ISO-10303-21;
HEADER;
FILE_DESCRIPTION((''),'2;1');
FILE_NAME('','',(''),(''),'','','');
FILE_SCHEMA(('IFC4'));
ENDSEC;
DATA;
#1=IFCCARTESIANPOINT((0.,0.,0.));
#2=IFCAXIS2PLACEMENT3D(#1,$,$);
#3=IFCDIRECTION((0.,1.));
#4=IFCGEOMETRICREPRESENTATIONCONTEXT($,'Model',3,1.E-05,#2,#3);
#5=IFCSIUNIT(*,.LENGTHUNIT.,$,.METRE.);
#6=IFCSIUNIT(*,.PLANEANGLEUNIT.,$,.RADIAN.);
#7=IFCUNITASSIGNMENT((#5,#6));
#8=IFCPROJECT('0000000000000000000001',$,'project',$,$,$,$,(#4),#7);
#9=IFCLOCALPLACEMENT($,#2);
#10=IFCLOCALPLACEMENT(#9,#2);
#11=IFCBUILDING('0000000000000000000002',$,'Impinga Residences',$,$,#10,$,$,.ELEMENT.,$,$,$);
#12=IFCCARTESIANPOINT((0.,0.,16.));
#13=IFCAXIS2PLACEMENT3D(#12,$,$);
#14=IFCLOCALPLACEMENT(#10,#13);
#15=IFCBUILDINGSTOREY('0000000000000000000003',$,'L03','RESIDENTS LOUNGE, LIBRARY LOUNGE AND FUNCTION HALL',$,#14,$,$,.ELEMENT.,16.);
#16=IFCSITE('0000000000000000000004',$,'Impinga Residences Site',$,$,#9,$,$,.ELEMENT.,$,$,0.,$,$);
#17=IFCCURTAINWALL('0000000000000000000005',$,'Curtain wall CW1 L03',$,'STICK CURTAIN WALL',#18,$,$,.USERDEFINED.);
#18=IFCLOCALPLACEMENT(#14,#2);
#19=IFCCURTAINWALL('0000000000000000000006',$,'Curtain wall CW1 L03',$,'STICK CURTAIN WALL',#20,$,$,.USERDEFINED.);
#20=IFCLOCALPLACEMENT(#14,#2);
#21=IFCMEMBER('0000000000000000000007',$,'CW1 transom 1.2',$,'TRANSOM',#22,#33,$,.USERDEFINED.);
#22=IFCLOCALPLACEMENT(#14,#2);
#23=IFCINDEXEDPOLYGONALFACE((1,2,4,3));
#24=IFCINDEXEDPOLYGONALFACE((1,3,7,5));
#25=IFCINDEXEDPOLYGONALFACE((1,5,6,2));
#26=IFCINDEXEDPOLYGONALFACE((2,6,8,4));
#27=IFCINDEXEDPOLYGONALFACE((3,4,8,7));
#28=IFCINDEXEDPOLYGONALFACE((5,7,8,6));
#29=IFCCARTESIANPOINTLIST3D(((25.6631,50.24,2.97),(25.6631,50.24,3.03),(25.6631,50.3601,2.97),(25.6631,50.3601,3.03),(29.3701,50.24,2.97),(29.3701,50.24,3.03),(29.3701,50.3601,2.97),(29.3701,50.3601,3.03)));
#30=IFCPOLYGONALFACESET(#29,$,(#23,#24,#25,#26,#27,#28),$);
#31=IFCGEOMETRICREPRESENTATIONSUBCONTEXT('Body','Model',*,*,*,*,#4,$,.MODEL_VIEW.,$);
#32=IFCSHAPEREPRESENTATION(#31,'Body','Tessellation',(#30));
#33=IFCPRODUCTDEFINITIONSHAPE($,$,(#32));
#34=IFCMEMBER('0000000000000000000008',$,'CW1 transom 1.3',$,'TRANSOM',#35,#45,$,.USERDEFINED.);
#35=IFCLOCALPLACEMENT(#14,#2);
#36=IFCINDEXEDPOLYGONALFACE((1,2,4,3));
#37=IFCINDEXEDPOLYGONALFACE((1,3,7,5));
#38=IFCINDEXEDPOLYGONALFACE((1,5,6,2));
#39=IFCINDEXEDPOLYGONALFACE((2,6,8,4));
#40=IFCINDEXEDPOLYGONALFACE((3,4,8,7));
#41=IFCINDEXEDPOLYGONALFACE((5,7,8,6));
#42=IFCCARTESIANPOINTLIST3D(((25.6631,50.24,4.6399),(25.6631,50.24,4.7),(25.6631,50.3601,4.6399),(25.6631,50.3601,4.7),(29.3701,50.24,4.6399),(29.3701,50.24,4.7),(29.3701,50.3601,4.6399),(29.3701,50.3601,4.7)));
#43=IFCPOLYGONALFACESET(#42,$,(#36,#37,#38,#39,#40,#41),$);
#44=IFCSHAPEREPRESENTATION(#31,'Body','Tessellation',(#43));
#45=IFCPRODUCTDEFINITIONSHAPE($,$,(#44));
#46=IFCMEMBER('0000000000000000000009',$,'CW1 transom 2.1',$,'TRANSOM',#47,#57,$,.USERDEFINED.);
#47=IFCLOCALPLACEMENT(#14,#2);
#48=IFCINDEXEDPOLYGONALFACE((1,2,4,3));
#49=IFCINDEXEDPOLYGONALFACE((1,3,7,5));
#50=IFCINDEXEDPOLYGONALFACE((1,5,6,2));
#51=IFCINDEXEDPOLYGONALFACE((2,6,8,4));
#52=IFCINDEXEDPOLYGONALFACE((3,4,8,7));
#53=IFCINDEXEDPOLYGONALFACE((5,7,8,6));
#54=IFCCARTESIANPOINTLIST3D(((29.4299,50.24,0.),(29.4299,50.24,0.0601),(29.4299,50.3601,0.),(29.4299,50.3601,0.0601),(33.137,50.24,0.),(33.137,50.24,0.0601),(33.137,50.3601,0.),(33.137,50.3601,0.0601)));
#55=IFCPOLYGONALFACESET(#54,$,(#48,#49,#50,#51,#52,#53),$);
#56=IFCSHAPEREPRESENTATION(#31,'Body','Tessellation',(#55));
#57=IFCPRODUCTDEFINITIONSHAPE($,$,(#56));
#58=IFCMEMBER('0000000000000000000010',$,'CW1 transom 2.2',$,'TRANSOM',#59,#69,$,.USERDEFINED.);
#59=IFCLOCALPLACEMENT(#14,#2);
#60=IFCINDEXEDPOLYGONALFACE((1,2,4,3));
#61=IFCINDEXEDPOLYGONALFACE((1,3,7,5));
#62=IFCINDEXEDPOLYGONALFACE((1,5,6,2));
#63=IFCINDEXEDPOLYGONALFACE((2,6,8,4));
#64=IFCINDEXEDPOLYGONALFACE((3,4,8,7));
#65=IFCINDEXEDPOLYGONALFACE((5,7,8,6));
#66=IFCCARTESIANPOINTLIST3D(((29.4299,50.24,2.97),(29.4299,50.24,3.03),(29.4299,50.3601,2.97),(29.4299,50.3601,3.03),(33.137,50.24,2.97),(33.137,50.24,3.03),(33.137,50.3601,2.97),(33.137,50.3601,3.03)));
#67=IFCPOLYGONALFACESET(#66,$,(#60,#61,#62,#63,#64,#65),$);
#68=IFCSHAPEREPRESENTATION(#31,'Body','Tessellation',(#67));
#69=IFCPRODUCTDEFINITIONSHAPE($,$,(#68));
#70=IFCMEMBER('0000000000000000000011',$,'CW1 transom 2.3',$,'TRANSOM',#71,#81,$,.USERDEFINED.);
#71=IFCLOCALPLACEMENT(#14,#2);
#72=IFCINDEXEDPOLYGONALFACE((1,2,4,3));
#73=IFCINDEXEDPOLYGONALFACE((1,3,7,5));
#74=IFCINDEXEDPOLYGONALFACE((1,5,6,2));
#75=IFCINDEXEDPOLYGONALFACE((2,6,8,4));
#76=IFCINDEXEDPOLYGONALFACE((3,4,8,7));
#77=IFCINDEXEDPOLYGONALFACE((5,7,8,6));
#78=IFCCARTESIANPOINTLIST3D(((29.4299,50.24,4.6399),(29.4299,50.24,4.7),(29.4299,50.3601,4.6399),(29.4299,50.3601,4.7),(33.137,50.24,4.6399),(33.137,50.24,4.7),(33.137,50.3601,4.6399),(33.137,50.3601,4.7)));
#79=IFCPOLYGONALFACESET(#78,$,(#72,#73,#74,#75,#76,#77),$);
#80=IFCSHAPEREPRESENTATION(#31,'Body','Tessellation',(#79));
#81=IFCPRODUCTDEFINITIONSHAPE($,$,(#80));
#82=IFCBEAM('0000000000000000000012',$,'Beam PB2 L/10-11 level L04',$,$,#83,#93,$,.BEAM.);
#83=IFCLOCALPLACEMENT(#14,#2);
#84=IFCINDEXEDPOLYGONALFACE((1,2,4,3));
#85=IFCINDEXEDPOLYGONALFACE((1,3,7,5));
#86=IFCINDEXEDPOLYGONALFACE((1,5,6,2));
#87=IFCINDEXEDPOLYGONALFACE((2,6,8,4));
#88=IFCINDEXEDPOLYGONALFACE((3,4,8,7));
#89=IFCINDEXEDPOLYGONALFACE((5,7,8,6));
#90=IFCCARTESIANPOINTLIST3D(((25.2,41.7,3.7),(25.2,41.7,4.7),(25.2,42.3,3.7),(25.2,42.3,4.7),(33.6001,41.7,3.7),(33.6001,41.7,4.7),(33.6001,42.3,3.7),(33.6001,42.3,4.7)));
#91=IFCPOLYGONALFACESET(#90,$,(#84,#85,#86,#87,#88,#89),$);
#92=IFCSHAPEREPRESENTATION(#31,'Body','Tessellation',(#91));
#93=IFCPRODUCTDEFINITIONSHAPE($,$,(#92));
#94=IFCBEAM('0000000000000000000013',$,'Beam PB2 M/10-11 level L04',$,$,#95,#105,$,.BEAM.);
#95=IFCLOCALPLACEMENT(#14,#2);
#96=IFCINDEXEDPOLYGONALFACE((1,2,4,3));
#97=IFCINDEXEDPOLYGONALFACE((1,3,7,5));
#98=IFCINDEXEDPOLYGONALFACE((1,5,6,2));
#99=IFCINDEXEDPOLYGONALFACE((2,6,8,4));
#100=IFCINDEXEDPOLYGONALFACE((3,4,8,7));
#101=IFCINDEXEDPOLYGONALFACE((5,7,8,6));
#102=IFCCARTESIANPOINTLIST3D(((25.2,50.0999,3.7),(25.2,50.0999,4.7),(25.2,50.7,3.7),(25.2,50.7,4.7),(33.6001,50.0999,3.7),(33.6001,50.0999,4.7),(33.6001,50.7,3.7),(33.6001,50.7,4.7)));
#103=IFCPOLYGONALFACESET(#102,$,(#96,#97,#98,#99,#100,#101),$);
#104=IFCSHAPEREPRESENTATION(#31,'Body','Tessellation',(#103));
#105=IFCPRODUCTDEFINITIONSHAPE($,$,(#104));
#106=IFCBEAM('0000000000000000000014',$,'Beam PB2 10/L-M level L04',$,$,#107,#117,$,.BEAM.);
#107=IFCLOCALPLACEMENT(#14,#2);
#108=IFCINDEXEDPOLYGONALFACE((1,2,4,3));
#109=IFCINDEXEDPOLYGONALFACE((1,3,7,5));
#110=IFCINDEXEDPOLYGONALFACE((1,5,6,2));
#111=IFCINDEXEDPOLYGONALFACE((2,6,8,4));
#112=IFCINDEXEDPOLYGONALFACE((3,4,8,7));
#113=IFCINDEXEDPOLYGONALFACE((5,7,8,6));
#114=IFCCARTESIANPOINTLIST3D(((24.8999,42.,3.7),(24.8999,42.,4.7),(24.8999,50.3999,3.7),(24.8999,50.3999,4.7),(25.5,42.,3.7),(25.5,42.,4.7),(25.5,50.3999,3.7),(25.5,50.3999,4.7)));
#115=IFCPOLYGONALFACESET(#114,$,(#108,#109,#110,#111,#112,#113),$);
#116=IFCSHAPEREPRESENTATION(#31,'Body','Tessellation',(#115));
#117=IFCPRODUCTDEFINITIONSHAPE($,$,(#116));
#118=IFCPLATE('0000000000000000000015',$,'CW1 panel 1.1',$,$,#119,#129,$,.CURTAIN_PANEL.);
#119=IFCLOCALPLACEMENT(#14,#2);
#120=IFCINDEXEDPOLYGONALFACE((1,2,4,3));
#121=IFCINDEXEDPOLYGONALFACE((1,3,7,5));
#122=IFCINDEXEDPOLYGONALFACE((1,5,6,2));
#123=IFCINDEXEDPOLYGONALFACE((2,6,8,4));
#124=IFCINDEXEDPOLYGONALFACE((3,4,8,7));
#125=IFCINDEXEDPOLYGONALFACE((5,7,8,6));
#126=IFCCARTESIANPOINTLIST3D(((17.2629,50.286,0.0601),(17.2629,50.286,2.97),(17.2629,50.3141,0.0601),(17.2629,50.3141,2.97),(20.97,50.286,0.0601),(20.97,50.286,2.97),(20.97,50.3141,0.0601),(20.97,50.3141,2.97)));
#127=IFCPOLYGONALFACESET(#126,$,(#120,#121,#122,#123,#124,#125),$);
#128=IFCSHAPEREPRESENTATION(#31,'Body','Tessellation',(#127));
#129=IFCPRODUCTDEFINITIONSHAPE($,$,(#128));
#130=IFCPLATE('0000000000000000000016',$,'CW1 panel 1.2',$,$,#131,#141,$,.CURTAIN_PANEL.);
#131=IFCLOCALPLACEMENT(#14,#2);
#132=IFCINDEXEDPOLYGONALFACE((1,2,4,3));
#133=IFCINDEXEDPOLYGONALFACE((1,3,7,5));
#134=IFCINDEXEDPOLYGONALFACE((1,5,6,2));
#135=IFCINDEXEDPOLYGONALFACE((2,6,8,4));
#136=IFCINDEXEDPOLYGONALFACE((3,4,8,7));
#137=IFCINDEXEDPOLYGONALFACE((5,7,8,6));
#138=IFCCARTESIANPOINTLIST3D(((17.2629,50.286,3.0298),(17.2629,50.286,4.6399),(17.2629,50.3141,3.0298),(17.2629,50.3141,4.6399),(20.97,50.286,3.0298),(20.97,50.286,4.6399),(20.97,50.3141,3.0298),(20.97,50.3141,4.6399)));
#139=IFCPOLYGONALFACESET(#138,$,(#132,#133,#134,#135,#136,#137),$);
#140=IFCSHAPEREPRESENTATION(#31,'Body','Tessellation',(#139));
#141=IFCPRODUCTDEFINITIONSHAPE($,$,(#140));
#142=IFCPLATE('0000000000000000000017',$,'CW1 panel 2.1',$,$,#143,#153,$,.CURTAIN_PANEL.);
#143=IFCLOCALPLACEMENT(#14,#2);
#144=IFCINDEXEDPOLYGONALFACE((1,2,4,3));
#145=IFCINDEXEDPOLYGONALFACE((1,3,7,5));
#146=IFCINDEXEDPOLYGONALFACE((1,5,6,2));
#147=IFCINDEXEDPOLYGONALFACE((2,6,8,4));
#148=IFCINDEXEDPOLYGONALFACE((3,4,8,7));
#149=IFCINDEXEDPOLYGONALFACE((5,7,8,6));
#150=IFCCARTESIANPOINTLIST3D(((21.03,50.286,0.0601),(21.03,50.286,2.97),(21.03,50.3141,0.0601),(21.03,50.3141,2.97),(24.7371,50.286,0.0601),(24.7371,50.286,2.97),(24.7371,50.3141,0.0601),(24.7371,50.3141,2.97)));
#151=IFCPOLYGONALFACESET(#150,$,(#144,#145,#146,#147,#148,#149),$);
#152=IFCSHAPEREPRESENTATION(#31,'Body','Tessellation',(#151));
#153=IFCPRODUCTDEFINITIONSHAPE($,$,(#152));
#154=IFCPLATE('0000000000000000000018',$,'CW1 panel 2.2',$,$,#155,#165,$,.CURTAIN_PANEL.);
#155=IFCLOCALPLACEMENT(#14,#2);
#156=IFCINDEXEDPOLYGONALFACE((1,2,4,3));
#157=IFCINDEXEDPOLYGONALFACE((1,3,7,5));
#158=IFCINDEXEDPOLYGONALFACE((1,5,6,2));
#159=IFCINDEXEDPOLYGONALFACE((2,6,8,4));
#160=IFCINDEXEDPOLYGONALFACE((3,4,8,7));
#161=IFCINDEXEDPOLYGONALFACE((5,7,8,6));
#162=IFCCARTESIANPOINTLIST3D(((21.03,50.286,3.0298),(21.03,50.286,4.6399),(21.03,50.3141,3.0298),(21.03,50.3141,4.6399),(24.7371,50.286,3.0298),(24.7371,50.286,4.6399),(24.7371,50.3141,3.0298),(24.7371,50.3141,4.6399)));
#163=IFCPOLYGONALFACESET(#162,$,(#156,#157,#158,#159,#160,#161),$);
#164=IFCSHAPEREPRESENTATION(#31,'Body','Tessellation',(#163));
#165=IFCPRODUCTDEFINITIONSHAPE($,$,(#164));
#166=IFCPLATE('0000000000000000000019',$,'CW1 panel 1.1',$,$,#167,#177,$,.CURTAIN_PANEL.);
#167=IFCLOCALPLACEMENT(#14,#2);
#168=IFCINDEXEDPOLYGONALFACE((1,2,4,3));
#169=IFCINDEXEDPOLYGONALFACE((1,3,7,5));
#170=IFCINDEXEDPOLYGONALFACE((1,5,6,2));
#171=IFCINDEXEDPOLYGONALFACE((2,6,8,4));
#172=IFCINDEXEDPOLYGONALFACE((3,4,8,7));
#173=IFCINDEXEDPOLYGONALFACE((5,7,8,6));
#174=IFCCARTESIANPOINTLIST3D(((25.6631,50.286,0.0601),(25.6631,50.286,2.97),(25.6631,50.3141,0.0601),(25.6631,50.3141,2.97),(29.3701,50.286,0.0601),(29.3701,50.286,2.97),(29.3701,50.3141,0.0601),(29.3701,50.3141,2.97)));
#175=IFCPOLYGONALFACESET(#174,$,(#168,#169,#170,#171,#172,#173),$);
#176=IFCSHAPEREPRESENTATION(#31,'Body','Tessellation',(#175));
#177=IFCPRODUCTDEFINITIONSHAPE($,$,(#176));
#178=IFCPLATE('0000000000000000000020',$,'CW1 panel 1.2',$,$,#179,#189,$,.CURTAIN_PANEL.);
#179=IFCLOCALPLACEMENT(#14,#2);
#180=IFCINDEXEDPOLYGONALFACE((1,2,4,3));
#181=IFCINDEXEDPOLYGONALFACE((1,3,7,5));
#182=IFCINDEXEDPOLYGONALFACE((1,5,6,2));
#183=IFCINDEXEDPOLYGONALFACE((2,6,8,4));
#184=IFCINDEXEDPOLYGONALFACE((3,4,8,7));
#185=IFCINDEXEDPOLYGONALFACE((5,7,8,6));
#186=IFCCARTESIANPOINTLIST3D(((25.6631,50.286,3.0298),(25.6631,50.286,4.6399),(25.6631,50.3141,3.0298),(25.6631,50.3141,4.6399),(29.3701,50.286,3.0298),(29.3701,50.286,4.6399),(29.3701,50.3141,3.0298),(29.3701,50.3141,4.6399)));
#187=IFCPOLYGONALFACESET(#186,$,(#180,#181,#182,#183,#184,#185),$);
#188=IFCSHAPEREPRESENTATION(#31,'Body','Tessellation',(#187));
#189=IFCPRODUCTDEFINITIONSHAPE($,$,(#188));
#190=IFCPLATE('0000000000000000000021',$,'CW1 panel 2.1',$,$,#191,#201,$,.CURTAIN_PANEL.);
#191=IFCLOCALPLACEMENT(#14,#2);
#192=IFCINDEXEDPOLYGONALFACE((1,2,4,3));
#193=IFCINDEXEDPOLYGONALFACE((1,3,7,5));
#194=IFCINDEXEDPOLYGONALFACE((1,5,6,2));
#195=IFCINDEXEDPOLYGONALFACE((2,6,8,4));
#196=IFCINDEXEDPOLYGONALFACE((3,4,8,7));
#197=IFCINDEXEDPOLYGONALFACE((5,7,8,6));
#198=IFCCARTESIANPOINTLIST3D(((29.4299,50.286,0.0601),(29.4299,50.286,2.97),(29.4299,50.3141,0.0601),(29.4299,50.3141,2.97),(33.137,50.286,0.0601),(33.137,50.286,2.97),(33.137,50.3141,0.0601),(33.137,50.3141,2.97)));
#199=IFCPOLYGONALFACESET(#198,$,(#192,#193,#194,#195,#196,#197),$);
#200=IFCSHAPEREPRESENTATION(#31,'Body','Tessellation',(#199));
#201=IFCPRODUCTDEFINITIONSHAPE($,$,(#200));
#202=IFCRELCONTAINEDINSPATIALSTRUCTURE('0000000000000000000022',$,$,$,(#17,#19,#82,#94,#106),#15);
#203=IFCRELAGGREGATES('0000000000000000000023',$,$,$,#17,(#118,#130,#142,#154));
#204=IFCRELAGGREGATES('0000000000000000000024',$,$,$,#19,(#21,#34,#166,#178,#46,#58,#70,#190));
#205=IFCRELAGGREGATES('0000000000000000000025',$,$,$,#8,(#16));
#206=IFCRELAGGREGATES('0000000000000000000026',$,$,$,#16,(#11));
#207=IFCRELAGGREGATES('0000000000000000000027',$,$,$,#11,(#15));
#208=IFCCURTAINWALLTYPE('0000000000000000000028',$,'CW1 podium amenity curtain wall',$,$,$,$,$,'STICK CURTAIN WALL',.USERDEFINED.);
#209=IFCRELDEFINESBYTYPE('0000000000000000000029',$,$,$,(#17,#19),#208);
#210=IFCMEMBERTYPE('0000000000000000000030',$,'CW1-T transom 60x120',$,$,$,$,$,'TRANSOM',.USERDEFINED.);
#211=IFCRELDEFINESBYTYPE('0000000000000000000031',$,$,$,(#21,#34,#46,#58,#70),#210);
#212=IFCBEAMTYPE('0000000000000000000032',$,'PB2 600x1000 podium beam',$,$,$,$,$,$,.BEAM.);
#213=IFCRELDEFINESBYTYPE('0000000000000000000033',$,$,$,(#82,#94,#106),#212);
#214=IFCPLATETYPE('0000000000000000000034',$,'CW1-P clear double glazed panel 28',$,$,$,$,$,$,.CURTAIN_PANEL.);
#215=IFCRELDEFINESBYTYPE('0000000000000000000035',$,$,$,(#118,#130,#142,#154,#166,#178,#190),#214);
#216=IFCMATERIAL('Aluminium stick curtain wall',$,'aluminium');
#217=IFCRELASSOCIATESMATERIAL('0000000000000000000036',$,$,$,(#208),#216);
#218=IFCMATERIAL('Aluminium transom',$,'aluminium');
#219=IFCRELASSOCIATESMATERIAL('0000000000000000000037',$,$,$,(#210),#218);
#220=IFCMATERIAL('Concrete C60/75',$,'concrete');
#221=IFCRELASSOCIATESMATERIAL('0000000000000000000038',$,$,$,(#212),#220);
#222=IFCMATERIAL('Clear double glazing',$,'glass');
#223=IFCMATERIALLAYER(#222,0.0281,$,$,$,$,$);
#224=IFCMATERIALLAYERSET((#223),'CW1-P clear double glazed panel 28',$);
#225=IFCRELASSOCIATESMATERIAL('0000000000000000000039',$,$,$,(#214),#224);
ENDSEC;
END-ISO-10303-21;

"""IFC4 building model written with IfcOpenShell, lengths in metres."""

from ifc_helpers import new_model, si_unit, direction, frame, origin, origin_2d, place, context, subcontext, project, spatial, rectangle, extrude, material, layer, layer_set, material_profile, profile_set, type_object, element, aggregate, save


model = new_model("IFC4")

# Units and contexts
model_context = context("Model", 3, precision=1e-05, world=origin(), true_north=direction((0.0, 1.0)))
body_context = subcontext(model_context, "Body", "Model", "MODEL_VIEW")
ifc_project = project(units=[si_unit("LENGTHUNIT", "METRE"), si_unit("PLANEANGLEUNIT", "RADIAN")], contexts=[model_context])

# Site, building, storey
site_placement = place(None, origin())
site = spatial("IfcSite", under=ifc_project, at=site_placement, Name="Impinga Residences Site", CompositionType="ELEMENT", RefElevation=0.0)
building_placement = place(site_placement, origin())
building = spatial("IfcBuilding", under=site, at=building_placement, Name="Impinga Residences", CompositionType="ELEMENT")
storey_placement = place(building_placement, frame((0.0, 0.0, 16.0)))
storey = spatial("IfcBuildingStorey", under=building, at=storey_placement, Name="L03", Description="RESIDENTS LOUNGE, LIBRARY LOUNGE AND FUNCTION HALL", CompositionType="ELEMENT", Elevation=16.0)

# Curtain walls
ifc_material_1 = material(Name="Aluminium stick curtain wall", Category="aluminium")
curtain_wall_type = type_object("IfcCurtainWallType", Name="CW1 podium amenity curtain wall", ElementType="STICK CURTAIN WALL", PredefinedType="USERDEFINED", material=ifc_material_1)
curtain_wall_1_placement = place(storey_placement, origin())
curtain_wall_1 = element("IfcCurtainWall", 1, at=curtain_wall_1_placement, inside=storey, type_object=curtain_wall_type, Name="Curtain wall CW1 L03", ObjectType="STICK CURTAIN WALL", PredefinedType="USERDEFINED")
curtain_wall_2_placement = place(storey_placement, origin())
curtain_wall_2 = element("IfcCurtainWall", 2, at=curtain_wall_2_placement, inside=storey, type_object=curtain_wall_type, Name="Curtain wall CW1 L03", ObjectType="STICK CURTAIN WALL", PredefinedType="USERDEFINED")

# Members
ifc_material_2 = material(Name="Aluminium transom", Category="aluminium")
ifc_material_profile_1 = material_profile(ifc_material_2, rectangle(XDim=0.0601, YDim=0.1201, at=origin_2d()), Name="60x120 transom")
ifc_profile_set_1 = profile_set([ifc_material_profile_1], Name="Aluminium transom")
member_type_1 = type_object("IfcMemberType", Name="CW1-T transom 60x120", ElementType="TRANSOM", PredefinedType="USERDEFINED", material=ifc_profile_set_1)
member_1_placement = place(storey_placement, frame((25.6631, 50.3, 3.0), z_axis=(1.0, 0.0, 0.0), x_axis=(0.0, 0.0, 1.0)))
member_1 = element("IfcMember", 3, at=member_1_placement, type_object=member_type_1, Name="CW1 transom 1.2", ObjectType="TRANSOM", PredefinedType="USERDEFINED", context=body_context, shape_type="SweptSolid", body=[
    extrude(rectangle(XDim=0.0601, YDim=0.1201, at=origin_2d()), origin(), (0.0, 0.0, 1.0), 3.707),
])
member_2_placement = place(storey_placement, frame((25.6631, 50.3, 4.6699), z_axis=(1.0, 0.0, 0.0), x_axis=(0.0, 0.0, 1.0)))
member_2 = element("IfcMember", 4, at=member_2_placement, type_object=member_type_1, Name="CW1 transom 1.3", ObjectType="TRANSOM", PredefinedType="USERDEFINED", context=body_context, shape_type="SweptSolid", body=[
    extrude(rectangle(XDim=0.0601, YDim=0.1201, at=origin_2d()), origin(), (0.0, 0.0, 1.0), 3.707),
])
member_3_placement = place(storey_placement, frame((29.4299, 50.3, 0.03), z_axis=(1.0, 0.0, 0.0), x_axis=(0.0, 0.0, 1.0)))
member_3 = element("IfcMember", 5, at=member_3_placement, type_object=member_type_1, Name="CW1 transom 2.1", ObjectType="TRANSOM", PredefinedType="USERDEFINED", context=body_context, shape_type="SweptSolid", body=[
    extrude(rectangle(XDim=0.0601, YDim=0.1201, at=origin_2d()), origin(), (0.0, 0.0, 1.0), 3.707),
])
member_4_placement = place(storey_placement, frame((29.4299, 50.3, 3.0), z_axis=(1.0, 0.0, 0.0), x_axis=(0.0, 0.0, 1.0)))
member_4 = element("IfcMember", 6, at=member_4_placement, type_object=member_type_1, Name="CW1 transom 2.2", ObjectType="TRANSOM", PredefinedType="USERDEFINED", context=body_context, shape_type="SweptSolid", body=[
    extrude(rectangle(XDim=0.0601, YDim=0.1201, at=origin_2d()), origin(), (0.0, 0.0, 1.0), 3.707),
])
member_5_placement = place(storey_placement, frame((29.4299, 50.3, 4.6699), z_axis=(1.0, 0.0, 0.0), x_axis=(0.0, 0.0, 1.0)))
member_5 = element("IfcMember", 7, at=member_5_placement, type_object=member_type_1, Name="CW1 transom 2.3", ObjectType="TRANSOM", PredefinedType="USERDEFINED", context=body_context, shape_type="SweptSolid", body=[
    extrude(rectangle(XDim=0.0601, YDim=0.1201, at=origin_2d()), origin(), (0.0, 0.0, 1.0), 3.707),
])

# Beams
ifc_material_3 = material(Name="Concrete C60/75", Category="concrete")
ifc_material_profile_2 = material_profile(ifc_material_3, rectangle(XDim=0.6001, YDim=1.0, at=origin_2d()), Name="RC 600x1000")
ifc_profile_set_2 = profile_set([ifc_material_profile_2], Name="Concrete C60/75")
beam_type = type_object("IfcBeamType", Name="PB2 600x1000 podium beam", PredefinedType="BEAM", material=ifc_profile_set_2)
for number, where, z_axis, x_axis, name in (
    (8, (25.2, 42.0, 4.2), (1.0, 0.0, 0.0), (0.0, 1.0, 0.0), "Beam PB2 L/10-11 level L04"),
    (9, (25.2, 50.3999, 4.2), (1.0, 0.0, 0.0), (0.0, 1.0, 0.0), "Beam PB2 M/10-11 level L04"),
):
    element("IfcBeam", number, at=place(storey_placement, frame(where, z_axis=z_axis, x_axis=x_axis)), inside=storey, type_object=beam_type, Name=name, PredefinedType="BEAM", context=body_context, shape_type="SweptSolid", body=[
        extrude(rectangle(XDim=0.6001, YDim=1.0, at=origin_2d()), origin(), (0.0, 0.0, 1.0), 8.4001),
    ])
beam_placement = place(storey_placement, frame((25.2, 42.0, 4.2), z_axis=(0.0, 1.0, 0.0), x_axis=(-1.0, 0.0, 0.0)))
element("IfcBeam", 10, at=beam_placement, inside=storey, type_object=beam_type, Name="Beam PB2 10/L-M level L04", PredefinedType="BEAM", context=body_context, shape_type="SweptSolid", body=[
    extrude(rectangle(XDim=0.6001, YDim=1.0, at=origin_2d()), origin(), (0.0, 0.0, 1.0), 8.3999),
])

# Plates
ifc_material_4 = material(Name="Clear double glazing", Category="glass")
ifc_layer = layer(ifc_material_4, 0.0281)
ifc_layer_set = layer_set([ifc_layer], Name="CW1-P clear double glazed panel 28")
plate_type = type_object("IfcPlateType", Name="CW1-P clear double glazed panel 28", PredefinedType="CURTAIN_PANEL", material=ifc_layer_set)
plate_1_placement = place(storey_placement, frame((19.1165, 50.3, 0.0601), z_axis=(0.0, 0.0, 1.0), x_axis=(1.0, 0.0, 0.0)))
plate_1 = element("IfcPlate", 11, at=plate_1_placement, type_object=plate_type, Name="CW1 panel 1.1", PredefinedType="CURTAIN_PANEL", context=body_context, shape_type="SweptSolid", body=[
    extrude(rectangle(XDim=3.707, YDim=0.0281, at=origin_2d()), origin(), (0.0, 0.0, 1.0), 2.9099),
])
plate_2_placement = place(storey_placement, frame((19.1165, 50.3, 3.0298), z_axis=(0.0, 0.0, 1.0), x_axis=(1.0, 0.0, 0.0)))
plate_2 = element("IfcPlate", 12, at=plate_2_placement, type_object=plate_type, Name="CW1 panel 1.2", PredefinedType="CURTAIN_PANEL", context=body_context, shape_type="SweptSolid", body=[
    extrude(rectangle(XDim=3.707, YDim=0.0281, at=origin_2d()), origin(), (0.0, 0.0, 1.0), 1.6101),
])
plate_3_placement = place(storey_placement, frame((22.8835, 50.3, 0.0601), z_axis=(0.0, 0.0, 1.0), x_axis=(1.0, 0.0, 0.0)))
plate_3 = element("IfcPlate", 13, at=plate_3_placement, type_object=plate_type, Name="CW1 panel 2.1", PredefinedType="CURTAIN_PANEL", context=body_context, shape_type="SweptSolid", body=[
    extrude(rectangle(XDim=3.707, YDim=0.0281, at=origin_2d()), origin(), (0.0, 0.0, 1.0), 2.9099),
])
plate_4_placement = place(storey_placement, frame((22.8835, 50.3, 3.0298), z_axis=(0.0, 0.0, 1.0), x_axis=(1.0, 0.0, 0.0)))
plate_4 = element("IfcPlate", 14, at=plate_4_placement, type_object=plate_type, Name="CW1 panel 2.2", PredefinedType="CURTAIN_PANEL", context=body_context, shape_type="SweptSolid", body=[
    extrude(rectangle(XDim=3.707, YDim=0.0281, at=origin_2d()), origin(), (0.0, 0.0, 1.0), 1.6101),
])
aggregate(curtain_wall_1, [plate_1, plate_2, plate_3, plate_4])
plate_5_placement = place(storey_placement, frame((27.5166, 50.3, 0.0601), z_axis=(0.0, 0.0, 1.0), x_axis=(1.0, 0.0, 0.0)))
plate_5 = element("IfcPlate", 15, at=plate_5_placement, type_object=plate_type, Name="CW1 panel 1.1", PredefinedType="CURTAIN_PANEL", context=body_context, shape_type="SweptSolid", body=[
    extrude(rectangle(XDim=3.707, YDim=0.0281, at=origin_2d()), origin(), (0.0, 0.0, 1.0), 2.9099),
])
plate_6_placement = place(storey_placement, frame((27.5166, 50.3, 3.0298), z_axis=(0.0, 0.0, 1.0), x_axis=(1.0, 0.0, 0.0)))
plate_6 = element("IfcPlate", 16, at=plate_6_placement, type_object=plate_type, Name="CW1 panel 1.2", PredefinedType="CURTAIN_PANEL", context=body_context, shape_type="SweptSolid", body=[
    extrude(rectangle(XDim=3.707, YDim=0.0281, at=origin_2d()), origin(), (0.0, 0.0, 1.0), 1.6101),
])
plate_7_placement = place(storey_placement, frame((31.2834, 50.3, 0.0601), z_axis=(0.0, 0.0, 1.0), x_axis=(1.0, 0.0, 0.0)))
plate_7 = element("IfcPlate", 17, at=plate_7_placement, type_object=plate_type, Name="CW1 panel 2.1", PredefinedType="CURTAIN_PANEL", context=body_context, shape_type="SweptSolid", body=[
    extrude(rectangle(XDim=3.707, YDim=0.0281, at=origin_2d()), origin(), (0.0, 0.0, 1.0), 2.9099),
])
aggregate(curtain_wall_2, [member_1, member_2, plate_5, plate_6, member_3, member_4, member_5, plate_7])

save(model, "model.ifc")
